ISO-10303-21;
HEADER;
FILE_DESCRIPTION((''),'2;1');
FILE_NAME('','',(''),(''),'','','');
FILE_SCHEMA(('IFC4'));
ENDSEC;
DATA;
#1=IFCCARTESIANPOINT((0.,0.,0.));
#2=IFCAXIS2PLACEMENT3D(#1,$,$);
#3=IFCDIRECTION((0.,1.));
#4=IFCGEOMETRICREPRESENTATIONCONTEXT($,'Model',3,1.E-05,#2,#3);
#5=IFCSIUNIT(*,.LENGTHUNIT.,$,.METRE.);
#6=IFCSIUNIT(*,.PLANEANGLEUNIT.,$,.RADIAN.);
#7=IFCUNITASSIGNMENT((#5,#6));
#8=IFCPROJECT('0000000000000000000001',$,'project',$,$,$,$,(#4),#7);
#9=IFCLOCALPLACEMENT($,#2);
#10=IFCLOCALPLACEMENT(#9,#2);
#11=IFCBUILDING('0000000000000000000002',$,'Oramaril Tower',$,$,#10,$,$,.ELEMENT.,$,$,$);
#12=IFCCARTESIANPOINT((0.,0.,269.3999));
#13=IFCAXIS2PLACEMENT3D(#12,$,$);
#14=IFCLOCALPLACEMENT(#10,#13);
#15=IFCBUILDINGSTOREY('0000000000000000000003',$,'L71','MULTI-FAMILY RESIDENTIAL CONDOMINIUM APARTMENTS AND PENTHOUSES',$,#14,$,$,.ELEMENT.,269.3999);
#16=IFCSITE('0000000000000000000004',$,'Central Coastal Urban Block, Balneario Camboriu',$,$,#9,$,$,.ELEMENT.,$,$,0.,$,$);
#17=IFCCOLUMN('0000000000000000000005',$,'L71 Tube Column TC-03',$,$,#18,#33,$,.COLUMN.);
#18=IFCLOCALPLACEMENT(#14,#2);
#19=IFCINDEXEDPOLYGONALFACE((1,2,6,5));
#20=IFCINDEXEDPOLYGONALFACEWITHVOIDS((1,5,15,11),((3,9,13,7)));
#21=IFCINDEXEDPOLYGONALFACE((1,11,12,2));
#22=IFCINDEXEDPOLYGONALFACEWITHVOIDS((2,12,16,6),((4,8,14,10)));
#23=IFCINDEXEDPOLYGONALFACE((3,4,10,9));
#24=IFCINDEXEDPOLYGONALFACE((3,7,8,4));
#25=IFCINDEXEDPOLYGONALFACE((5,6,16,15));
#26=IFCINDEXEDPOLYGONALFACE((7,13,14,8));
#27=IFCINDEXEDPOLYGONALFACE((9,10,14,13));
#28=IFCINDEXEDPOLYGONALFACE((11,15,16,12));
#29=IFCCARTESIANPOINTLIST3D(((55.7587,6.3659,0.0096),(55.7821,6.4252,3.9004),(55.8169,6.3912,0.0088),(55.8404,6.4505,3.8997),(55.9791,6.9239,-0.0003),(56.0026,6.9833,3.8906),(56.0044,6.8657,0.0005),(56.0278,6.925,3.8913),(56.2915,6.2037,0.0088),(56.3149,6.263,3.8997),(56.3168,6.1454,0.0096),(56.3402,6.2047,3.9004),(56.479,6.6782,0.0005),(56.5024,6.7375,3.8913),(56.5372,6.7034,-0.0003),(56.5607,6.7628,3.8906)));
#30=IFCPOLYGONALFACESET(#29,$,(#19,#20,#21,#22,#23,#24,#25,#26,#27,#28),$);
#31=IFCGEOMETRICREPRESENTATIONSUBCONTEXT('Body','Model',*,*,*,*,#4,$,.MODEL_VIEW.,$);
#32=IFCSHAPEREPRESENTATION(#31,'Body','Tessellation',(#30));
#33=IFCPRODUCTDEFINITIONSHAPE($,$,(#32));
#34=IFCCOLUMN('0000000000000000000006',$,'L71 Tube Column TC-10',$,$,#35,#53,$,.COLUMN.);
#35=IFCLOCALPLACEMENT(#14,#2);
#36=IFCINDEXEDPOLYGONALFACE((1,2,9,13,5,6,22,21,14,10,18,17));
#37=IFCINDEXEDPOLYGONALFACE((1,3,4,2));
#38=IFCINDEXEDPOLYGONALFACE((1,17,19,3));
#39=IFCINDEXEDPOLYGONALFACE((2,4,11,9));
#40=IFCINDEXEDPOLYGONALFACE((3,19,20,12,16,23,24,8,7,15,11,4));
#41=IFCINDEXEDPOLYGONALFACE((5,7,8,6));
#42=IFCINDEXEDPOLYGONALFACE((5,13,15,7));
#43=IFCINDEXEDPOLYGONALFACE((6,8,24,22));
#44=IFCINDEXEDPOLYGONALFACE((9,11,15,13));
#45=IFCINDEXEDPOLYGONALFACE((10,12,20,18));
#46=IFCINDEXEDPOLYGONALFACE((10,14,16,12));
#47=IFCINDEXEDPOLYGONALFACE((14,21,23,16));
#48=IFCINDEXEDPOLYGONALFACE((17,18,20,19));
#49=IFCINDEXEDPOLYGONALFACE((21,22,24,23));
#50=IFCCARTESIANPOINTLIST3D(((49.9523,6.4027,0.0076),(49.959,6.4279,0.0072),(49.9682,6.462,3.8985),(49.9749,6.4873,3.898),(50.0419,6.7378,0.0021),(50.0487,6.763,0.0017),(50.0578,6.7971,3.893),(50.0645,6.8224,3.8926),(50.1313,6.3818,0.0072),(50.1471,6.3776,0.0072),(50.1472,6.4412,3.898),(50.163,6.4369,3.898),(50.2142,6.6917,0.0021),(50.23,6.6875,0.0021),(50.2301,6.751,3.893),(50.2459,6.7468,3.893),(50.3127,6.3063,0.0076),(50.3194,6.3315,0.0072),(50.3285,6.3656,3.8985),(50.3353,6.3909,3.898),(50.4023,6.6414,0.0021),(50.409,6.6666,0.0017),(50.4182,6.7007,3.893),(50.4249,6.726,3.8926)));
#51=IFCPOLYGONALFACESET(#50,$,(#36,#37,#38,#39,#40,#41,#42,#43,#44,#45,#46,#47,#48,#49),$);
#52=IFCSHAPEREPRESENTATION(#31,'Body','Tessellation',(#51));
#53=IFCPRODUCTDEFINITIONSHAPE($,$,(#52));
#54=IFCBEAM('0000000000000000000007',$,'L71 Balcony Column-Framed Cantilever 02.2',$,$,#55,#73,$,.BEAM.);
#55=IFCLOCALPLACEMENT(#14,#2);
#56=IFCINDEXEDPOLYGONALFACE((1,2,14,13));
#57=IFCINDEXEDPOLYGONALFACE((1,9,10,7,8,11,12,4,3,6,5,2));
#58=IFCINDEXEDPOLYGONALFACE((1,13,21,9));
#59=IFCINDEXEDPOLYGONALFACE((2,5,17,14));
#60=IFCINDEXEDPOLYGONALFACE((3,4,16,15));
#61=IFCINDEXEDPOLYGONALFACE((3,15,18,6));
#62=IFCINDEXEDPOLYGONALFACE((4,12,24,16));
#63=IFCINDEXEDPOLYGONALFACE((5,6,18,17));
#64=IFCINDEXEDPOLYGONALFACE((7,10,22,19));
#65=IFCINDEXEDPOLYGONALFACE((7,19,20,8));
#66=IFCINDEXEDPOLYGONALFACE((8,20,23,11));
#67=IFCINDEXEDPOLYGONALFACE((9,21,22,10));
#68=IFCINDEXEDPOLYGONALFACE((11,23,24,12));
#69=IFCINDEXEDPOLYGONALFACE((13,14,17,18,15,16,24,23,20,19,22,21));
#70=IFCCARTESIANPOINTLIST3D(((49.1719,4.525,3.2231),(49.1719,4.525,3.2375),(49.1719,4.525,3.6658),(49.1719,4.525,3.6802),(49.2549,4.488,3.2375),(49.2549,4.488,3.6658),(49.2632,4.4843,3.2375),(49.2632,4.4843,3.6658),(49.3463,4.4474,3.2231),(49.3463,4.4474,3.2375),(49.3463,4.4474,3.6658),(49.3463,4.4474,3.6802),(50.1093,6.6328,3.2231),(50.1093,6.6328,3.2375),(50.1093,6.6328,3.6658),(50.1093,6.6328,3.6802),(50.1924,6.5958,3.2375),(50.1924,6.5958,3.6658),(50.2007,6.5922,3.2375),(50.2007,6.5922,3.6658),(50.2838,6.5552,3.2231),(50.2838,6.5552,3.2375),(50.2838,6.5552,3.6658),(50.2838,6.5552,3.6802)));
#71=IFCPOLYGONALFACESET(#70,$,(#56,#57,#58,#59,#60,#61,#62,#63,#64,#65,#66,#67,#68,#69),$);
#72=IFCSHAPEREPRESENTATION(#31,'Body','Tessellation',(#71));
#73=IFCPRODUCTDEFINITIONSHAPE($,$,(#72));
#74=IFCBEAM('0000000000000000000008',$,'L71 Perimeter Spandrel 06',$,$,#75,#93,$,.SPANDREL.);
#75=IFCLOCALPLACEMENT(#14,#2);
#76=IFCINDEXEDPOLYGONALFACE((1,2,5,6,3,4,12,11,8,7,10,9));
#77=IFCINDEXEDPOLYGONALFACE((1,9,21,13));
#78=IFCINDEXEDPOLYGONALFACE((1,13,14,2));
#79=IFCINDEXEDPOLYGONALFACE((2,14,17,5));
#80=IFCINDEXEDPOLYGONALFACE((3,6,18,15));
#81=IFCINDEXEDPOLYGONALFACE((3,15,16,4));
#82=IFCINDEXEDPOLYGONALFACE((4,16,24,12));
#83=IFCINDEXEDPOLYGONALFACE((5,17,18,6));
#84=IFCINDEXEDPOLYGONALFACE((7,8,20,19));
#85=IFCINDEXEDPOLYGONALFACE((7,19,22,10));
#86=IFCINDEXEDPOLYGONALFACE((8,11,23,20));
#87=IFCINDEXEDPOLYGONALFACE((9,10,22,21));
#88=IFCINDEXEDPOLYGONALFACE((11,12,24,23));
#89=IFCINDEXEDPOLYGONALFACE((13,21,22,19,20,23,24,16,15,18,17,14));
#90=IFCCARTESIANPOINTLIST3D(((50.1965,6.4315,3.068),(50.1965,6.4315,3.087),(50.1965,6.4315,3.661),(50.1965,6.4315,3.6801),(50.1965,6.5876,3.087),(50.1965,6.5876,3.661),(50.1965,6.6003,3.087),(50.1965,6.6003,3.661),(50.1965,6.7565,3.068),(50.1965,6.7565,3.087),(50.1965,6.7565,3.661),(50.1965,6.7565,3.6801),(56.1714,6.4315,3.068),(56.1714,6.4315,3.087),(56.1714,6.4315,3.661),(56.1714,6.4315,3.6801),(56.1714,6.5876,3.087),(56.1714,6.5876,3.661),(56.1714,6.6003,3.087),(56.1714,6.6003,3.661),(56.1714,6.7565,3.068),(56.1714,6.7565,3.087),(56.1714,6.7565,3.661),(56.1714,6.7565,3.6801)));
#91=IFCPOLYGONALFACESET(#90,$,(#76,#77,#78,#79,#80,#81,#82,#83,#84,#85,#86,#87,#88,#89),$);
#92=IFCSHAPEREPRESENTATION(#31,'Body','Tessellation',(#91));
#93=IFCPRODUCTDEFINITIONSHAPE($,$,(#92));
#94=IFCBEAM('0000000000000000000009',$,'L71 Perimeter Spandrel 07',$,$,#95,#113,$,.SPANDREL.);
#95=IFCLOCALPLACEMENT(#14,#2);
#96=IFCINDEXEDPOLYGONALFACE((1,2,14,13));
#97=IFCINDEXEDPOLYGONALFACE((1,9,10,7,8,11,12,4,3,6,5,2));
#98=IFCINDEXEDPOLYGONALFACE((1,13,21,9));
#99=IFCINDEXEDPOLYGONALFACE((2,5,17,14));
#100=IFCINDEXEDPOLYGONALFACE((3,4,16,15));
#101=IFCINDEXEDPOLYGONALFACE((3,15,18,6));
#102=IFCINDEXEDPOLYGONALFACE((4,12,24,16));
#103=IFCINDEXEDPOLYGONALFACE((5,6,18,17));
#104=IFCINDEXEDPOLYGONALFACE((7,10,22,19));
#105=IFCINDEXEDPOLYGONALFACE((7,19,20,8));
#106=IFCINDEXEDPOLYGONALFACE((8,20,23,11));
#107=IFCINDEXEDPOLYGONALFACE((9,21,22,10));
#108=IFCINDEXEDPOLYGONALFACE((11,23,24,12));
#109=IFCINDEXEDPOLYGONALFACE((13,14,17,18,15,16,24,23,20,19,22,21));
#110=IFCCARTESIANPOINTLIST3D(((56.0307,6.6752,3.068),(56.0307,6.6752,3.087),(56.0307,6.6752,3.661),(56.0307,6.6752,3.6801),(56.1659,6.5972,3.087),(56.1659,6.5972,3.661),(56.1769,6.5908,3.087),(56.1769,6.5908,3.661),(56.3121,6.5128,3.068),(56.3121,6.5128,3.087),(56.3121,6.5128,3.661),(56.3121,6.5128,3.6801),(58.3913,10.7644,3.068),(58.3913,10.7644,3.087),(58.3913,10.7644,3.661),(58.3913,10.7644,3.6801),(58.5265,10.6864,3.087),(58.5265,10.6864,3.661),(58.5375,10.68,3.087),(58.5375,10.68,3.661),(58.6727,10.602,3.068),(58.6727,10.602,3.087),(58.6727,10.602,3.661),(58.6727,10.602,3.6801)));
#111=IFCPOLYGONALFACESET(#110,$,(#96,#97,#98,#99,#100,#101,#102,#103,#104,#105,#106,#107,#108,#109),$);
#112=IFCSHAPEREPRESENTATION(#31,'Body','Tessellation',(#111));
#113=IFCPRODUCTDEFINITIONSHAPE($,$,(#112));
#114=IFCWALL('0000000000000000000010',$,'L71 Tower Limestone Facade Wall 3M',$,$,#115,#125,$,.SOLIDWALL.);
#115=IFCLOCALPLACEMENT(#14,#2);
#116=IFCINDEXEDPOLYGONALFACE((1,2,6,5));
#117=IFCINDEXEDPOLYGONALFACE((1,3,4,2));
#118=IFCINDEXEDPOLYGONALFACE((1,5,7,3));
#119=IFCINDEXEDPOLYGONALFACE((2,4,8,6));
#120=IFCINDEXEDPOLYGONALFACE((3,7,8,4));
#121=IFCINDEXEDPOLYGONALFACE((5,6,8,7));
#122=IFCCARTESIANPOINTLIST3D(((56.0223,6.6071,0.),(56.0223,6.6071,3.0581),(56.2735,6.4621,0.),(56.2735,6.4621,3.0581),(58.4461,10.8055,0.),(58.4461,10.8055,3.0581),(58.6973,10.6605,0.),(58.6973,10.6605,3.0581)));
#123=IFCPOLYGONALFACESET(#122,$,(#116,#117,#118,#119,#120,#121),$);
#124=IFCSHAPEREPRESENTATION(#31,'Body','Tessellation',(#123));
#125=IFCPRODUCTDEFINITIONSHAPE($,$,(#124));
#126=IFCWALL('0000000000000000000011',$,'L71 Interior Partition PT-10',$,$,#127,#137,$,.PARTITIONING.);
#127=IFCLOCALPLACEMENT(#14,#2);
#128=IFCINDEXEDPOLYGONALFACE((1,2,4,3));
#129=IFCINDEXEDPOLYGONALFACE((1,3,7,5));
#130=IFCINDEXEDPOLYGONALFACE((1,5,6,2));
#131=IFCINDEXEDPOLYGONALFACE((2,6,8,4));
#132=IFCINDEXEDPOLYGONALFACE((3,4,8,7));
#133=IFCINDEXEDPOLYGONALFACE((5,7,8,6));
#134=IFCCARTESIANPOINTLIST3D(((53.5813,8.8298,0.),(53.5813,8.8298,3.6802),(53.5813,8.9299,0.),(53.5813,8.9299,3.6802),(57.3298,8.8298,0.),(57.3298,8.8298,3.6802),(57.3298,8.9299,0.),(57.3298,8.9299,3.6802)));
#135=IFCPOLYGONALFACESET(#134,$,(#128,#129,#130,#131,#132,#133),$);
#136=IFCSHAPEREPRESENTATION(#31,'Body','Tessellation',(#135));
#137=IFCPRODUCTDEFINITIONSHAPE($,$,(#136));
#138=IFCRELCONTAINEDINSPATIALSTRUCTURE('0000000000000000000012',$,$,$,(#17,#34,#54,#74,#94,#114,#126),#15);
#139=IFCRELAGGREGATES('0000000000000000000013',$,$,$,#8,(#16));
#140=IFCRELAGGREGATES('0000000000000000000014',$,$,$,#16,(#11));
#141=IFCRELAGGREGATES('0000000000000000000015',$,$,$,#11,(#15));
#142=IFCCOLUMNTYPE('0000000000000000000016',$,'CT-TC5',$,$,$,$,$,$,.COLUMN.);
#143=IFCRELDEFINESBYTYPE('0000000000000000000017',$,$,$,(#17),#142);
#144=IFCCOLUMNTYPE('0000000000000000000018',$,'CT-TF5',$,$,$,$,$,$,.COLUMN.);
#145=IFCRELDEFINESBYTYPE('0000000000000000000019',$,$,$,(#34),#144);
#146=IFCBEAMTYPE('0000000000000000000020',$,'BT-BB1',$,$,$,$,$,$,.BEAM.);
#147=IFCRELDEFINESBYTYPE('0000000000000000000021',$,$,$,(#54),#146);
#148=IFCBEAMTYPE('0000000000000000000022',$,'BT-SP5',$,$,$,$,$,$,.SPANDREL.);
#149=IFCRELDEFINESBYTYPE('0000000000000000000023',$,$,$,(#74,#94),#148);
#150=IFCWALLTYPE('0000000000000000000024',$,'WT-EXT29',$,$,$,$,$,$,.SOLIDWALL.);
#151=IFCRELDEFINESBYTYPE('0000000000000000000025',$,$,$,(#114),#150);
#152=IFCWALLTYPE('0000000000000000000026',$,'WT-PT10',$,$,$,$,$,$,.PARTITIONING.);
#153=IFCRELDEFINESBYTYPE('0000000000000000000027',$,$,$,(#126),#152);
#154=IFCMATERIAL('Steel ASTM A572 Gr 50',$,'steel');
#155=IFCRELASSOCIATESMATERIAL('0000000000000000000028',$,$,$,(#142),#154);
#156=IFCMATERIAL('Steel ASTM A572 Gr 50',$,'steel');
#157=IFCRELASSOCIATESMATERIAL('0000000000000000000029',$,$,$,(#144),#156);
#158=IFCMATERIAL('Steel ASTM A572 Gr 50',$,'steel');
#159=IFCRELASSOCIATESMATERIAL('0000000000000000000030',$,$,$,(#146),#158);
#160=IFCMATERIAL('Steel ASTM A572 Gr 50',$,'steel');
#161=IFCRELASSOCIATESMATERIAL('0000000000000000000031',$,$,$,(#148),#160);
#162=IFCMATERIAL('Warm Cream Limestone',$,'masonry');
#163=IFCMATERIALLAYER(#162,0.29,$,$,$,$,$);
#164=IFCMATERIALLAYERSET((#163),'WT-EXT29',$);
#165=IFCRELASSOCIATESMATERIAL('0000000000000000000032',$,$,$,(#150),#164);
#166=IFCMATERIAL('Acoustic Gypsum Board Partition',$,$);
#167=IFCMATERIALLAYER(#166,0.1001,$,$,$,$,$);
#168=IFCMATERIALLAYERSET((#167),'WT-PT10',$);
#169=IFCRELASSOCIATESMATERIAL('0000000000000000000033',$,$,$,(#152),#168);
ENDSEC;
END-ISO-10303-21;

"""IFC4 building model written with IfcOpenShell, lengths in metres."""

from ifc_helpers import new_model, si_unit, direction, frame, frame_2d, origin, origin_2d, place, context, subcontext, project, spatial, rectangle, hollow_rectangle, i_section, extrude, material, layer, layer_set, material_profile, profile_set, type_object, element, save


model = new_model("IFC4")

# Units and contexts
model_context = context("Model", 3, precision=1e-05, world=origin(), true_north=direction((0.0, 1.0)))
body_context = subcontext(model_context, "Body", "Model", "MODEL_VIEW")
ifc_project = project(units=[si_unit("LENGTHUNIT", "METRE"), si_unit("PLANEANGLEUNIT", "RADIAN")], contexts=[model_context])

# Site, building, storey
site_placement = place(None, origin())
site = spatial("IfcSite", under=ifc_project, at=site_placement, Name="Central Coastal Urban Block, Balneario Camboriu", CompositionType="ELEMENT", RefElevation=0.0)
building_placement = place(site_placement, origin())
building = spatial("IfcBuilding", under=site, at=building_placement, Name="Oramaril Tower", CompositionType="ELEMENT")
storey_placement = place(building_placement, frame((0.0, 0.0, 269.3999)))
storey = spatial("IfcBuildingStorey", under=building, at=storey_placement, Name="L71", Description="MULTI-FAMILY RESIDENTIAL CONDOMINIUM APARTMENTS AND PENTHOUSES", CompositionType="ELEMENT", Elevation=269.3999)

# Columns
ifc_material_1 = material(Name="Steel ASTM A572 Gr 50", Category="steel")
ifc_material_profile_1 = material_profile(ifc_material_1, hollow_rectangle(XDim=0.6001, YDim=0.6001, WallThickness=0.0449, at=origin_2d()), Name="BOX600X600X45")
ifc_profile_set_1 = profile_set([ifc_material_profile_1], Name="Steel ASTM A572 Gr 50")
column_type_1 = type_object("IfcColumnType", Name="CT-TC5", PredefinedType="COLUMN", material=ifc_profile_set_1)
column_1_placement = place(storey_placement, frame((56.1479, 6.5347, 0.0046), z_axis=(0.006023, 0.015245, 0.999866), x_axis=(-0.930052, 0.367428, 0.0)))
element("IfcColumn", 1, at=column_1_placement, inside=storey, type_object=column_type_1, Name="L71 Tube Column TC-03", PredefinedType="COLUMN", context=body_context, shape_type="SweptSolid", body=[
    extrude(hollow_rectangle(XDim=0.6001, YDim=0.6001, WallThickness=0.0449, at=origin_2d()), origin(), (0.0, 0.0, 1.0), 3.8914),
])
ifc_material_2 = material(Name="Steel ASTM A572 Gr 50", Category="steel")
ifc_material_profile_2 = material_profile(ifc_material_2, i_section(OverallWidth=0.373, OverallDepth=0.373, WebThickness=0.0164, FlangeThickness=0.0261, at=origin_2d()), Name="W14X132")
ifc_profile_set_2 = profile_set([ifc_material_profile_2], Name="Steel ASTM A572 Gr 50")
column_type_2 = type_object("IfcColumnType", Name="CT-TF5", PredefinedType="COLUMN", material=ifc_profile_set_2)
column_2_placement = place(storey_placement, frame((50.1807, 6.5347, 0.0046), z_axis=(0.004078, 0.015246, 0.999875), x_axis=(-0.966037, 0.258405, 0.0)))
element("IfcColumn", 2, at=column_2_placement, inside=storey, type_object=column_type_2, Name="L71 Tube Column TC-10", PredefinedType="COLUMN", context=body_context, shape_type="SweptSolid", body=[
    extrude(i_section(OverallWidth=0.373, OverallDepth=0.373, WebThickness=0.0164, FlangeThickness=0.0261, at=origin_2d()), origin(), (0.0, 0.0, 1.0), 3.8914),
])

# Beams
ifc_material_3 = material(Name="Steel ASTM A572 Gr 50", Category="steel")
ifc_material_profile_3 = material_profile(ifc_material_3, i_section(OverallWidth=0.1909, OverallDepth=0.457, WebThickness=0.009, FlangeThickness=0.0144, at=origin_2d()), Name="W18X50")
ifc_profile_set_3 = profile_set([ifc_material_profile_3], Name="Steel ASTM A572 Gr 50")
beam_type_1 = type_object("IfcBeamType", Name="BT-BB1", PredefinedType="BEAM", material=ifc_profile_set_3)
beam_1_placement = place(storey_placement, frame((50.1965, 6.594, 3.4517), z_axis=(-0.406374, -0.913707, 0.0), x_axis=(0.913707, -0.406374, 0.0)))
element("IfcBeam", 3, at=beam_1_placement, inside=storey, type_object=beam_type_1, Name="L71 Balcony Column-Framed Cantilever 02.2", PredefinedType="BEAM", context=body_context, shape_type="SweptSolid", body=[
    extrude(i_section(OverallWidth=0.1909, OverallDepth=0.457, WebThickness=0.009, FlangeThickness=0.0144, at=origin_2d()), origin(), (0.0, 0.0, 1.0), 2.3069),
])
ifc_material_4 = material(Name="Steel ASTM A572 Gr 50", Category="steel")
ifc_material_profile_4 = material_profile(ifc_material_4, i_section(OverallWidth=0.325, OverallDepth=0.6121, WebThickness=0.0127, FlangeThickness=0.019, at=origin_2d()), Name="W24X104")
ifc_profile_set_4 = profile_set([ifc_material_profile_4], Name="Steel ASTM A572 Gr 50")
beam_type_2 = type_object("IfcBeamType", Name="BT-SP5", PredefinedType="SPANDREL", material=ifc_profile_set_4)
beam_2_placement = place(storey_placement, frame((50.1965, 6.594, 3.374), z_axis=(1.0, 0.0, 0.0), x_axis=(0.0, 1.0, 0.0)))
element("IfcBeam", 4, at=beam_2_placement, inside=storey, type_object=beam_type_2, Name="L71 Perimeter Spandrel 06", PredefinedType="SPANDREL", context=body_context, shape_type="SweptSolid", body=[
    extrude(i_section(OverallWidth=0.325, OverallDepth=0.6121, WebThickness=0.0127, FlangeThickness=0.019, at=origin_2d()), origin(), (0.0, 0.0, 1.0), 5.9749),
])
beam_3_placement = place(storey_placement, frame((56.1714, 6.594, 3.374), z_axis=(0.49996, 0.866049, 0.0), x_axis=(-0.866049, 0.49996, 0.0)))
element("IfcBeam", 5, at=beam_3_placement, inside=storey, type_object=beam_type_2, Name="L71 Perimeter Spandrel 07", PredefinedType="SPANDREL", context=body_context, shape_type="SweptSolid", body=[
    extrude(i_section(OverallWidth=0.325, OverallDepth=0.6121, WebThickness=0.0127, FlangeThickness=0.019, at=origin_2d()), origin(), (0.0, 0.0, 1.0), 4.7217),
])

# Walls
ifc_material_5 = material(Name="Warm Cream Limestone", Category="masonry")
ifc_layer_1 = layer(ifc_material_5, 0.29)
ifc_layer_set_1 = layer_set([ifc_layer_1], Name="WT-EXT29")
wall_type_1 = type_object("IfcWallType", Name="WT-EXT29", PredefinedType="SOLIDWALL", material=ifc_layer_set_1)
wall_1_placement = place(storey_placement, frame((56.1479, 6.5347, 0.0), z_axis=(0.0, 0.0, 1.0), x_axis=(0.499974, 0.866041, 0.0)))
element("IfcWall", 6, at=wall_1_placement, inside=storey, type_object=wall_type_1, Name="L71 Tower Limestone Facade Wall 3M", PredefinedType="SOLIDWALL", context=body_context, shape_type="SweptSolid", body=[
    extrude(rectangle(XDim=4.8479, YDim=0.29, at=frame_2d((2.4238, 0.0))), origin(), (0.0, 0.0, 1.0), 3.0581),
])
ifc_material_6 = material(Name="Acoustic Gypsum Board Partition")
ifc_layer_2 = layer(ifc_material_6, 0.1001)
ifc_layer_set_2 = layer_set([ifc_layer_2], Name="WT-PT10")
wall_type_2 = type_object("IfcWallType", Name="WT-PT10", PredefinedType="PARTITIONING", material=ifc_layer_set_2)
wall_2_placement = place(storey_placement, frame((53.5813, 8.8799, 0.0), z_axis=(0.0, 0.0, 1.0), x_axis=(1.0, 0.0, 0.0)))
element("IfcWall", 7, at=wall_2_placement, inside=storey, type_object=wall_type_2, Name="L71 Interior Partition PT-10", PredefinedType="PARTITIONING", context=body_context, shape_type="SweptSolid", body=[
    extrude(rectangle(XDim=3.7485, YDim=0.1001, at=frame_2d((1.8743, 0.0))), origin(), (0.0, 0.0, 1.0), 3.6802),
])

save(model, "model.ifc")
